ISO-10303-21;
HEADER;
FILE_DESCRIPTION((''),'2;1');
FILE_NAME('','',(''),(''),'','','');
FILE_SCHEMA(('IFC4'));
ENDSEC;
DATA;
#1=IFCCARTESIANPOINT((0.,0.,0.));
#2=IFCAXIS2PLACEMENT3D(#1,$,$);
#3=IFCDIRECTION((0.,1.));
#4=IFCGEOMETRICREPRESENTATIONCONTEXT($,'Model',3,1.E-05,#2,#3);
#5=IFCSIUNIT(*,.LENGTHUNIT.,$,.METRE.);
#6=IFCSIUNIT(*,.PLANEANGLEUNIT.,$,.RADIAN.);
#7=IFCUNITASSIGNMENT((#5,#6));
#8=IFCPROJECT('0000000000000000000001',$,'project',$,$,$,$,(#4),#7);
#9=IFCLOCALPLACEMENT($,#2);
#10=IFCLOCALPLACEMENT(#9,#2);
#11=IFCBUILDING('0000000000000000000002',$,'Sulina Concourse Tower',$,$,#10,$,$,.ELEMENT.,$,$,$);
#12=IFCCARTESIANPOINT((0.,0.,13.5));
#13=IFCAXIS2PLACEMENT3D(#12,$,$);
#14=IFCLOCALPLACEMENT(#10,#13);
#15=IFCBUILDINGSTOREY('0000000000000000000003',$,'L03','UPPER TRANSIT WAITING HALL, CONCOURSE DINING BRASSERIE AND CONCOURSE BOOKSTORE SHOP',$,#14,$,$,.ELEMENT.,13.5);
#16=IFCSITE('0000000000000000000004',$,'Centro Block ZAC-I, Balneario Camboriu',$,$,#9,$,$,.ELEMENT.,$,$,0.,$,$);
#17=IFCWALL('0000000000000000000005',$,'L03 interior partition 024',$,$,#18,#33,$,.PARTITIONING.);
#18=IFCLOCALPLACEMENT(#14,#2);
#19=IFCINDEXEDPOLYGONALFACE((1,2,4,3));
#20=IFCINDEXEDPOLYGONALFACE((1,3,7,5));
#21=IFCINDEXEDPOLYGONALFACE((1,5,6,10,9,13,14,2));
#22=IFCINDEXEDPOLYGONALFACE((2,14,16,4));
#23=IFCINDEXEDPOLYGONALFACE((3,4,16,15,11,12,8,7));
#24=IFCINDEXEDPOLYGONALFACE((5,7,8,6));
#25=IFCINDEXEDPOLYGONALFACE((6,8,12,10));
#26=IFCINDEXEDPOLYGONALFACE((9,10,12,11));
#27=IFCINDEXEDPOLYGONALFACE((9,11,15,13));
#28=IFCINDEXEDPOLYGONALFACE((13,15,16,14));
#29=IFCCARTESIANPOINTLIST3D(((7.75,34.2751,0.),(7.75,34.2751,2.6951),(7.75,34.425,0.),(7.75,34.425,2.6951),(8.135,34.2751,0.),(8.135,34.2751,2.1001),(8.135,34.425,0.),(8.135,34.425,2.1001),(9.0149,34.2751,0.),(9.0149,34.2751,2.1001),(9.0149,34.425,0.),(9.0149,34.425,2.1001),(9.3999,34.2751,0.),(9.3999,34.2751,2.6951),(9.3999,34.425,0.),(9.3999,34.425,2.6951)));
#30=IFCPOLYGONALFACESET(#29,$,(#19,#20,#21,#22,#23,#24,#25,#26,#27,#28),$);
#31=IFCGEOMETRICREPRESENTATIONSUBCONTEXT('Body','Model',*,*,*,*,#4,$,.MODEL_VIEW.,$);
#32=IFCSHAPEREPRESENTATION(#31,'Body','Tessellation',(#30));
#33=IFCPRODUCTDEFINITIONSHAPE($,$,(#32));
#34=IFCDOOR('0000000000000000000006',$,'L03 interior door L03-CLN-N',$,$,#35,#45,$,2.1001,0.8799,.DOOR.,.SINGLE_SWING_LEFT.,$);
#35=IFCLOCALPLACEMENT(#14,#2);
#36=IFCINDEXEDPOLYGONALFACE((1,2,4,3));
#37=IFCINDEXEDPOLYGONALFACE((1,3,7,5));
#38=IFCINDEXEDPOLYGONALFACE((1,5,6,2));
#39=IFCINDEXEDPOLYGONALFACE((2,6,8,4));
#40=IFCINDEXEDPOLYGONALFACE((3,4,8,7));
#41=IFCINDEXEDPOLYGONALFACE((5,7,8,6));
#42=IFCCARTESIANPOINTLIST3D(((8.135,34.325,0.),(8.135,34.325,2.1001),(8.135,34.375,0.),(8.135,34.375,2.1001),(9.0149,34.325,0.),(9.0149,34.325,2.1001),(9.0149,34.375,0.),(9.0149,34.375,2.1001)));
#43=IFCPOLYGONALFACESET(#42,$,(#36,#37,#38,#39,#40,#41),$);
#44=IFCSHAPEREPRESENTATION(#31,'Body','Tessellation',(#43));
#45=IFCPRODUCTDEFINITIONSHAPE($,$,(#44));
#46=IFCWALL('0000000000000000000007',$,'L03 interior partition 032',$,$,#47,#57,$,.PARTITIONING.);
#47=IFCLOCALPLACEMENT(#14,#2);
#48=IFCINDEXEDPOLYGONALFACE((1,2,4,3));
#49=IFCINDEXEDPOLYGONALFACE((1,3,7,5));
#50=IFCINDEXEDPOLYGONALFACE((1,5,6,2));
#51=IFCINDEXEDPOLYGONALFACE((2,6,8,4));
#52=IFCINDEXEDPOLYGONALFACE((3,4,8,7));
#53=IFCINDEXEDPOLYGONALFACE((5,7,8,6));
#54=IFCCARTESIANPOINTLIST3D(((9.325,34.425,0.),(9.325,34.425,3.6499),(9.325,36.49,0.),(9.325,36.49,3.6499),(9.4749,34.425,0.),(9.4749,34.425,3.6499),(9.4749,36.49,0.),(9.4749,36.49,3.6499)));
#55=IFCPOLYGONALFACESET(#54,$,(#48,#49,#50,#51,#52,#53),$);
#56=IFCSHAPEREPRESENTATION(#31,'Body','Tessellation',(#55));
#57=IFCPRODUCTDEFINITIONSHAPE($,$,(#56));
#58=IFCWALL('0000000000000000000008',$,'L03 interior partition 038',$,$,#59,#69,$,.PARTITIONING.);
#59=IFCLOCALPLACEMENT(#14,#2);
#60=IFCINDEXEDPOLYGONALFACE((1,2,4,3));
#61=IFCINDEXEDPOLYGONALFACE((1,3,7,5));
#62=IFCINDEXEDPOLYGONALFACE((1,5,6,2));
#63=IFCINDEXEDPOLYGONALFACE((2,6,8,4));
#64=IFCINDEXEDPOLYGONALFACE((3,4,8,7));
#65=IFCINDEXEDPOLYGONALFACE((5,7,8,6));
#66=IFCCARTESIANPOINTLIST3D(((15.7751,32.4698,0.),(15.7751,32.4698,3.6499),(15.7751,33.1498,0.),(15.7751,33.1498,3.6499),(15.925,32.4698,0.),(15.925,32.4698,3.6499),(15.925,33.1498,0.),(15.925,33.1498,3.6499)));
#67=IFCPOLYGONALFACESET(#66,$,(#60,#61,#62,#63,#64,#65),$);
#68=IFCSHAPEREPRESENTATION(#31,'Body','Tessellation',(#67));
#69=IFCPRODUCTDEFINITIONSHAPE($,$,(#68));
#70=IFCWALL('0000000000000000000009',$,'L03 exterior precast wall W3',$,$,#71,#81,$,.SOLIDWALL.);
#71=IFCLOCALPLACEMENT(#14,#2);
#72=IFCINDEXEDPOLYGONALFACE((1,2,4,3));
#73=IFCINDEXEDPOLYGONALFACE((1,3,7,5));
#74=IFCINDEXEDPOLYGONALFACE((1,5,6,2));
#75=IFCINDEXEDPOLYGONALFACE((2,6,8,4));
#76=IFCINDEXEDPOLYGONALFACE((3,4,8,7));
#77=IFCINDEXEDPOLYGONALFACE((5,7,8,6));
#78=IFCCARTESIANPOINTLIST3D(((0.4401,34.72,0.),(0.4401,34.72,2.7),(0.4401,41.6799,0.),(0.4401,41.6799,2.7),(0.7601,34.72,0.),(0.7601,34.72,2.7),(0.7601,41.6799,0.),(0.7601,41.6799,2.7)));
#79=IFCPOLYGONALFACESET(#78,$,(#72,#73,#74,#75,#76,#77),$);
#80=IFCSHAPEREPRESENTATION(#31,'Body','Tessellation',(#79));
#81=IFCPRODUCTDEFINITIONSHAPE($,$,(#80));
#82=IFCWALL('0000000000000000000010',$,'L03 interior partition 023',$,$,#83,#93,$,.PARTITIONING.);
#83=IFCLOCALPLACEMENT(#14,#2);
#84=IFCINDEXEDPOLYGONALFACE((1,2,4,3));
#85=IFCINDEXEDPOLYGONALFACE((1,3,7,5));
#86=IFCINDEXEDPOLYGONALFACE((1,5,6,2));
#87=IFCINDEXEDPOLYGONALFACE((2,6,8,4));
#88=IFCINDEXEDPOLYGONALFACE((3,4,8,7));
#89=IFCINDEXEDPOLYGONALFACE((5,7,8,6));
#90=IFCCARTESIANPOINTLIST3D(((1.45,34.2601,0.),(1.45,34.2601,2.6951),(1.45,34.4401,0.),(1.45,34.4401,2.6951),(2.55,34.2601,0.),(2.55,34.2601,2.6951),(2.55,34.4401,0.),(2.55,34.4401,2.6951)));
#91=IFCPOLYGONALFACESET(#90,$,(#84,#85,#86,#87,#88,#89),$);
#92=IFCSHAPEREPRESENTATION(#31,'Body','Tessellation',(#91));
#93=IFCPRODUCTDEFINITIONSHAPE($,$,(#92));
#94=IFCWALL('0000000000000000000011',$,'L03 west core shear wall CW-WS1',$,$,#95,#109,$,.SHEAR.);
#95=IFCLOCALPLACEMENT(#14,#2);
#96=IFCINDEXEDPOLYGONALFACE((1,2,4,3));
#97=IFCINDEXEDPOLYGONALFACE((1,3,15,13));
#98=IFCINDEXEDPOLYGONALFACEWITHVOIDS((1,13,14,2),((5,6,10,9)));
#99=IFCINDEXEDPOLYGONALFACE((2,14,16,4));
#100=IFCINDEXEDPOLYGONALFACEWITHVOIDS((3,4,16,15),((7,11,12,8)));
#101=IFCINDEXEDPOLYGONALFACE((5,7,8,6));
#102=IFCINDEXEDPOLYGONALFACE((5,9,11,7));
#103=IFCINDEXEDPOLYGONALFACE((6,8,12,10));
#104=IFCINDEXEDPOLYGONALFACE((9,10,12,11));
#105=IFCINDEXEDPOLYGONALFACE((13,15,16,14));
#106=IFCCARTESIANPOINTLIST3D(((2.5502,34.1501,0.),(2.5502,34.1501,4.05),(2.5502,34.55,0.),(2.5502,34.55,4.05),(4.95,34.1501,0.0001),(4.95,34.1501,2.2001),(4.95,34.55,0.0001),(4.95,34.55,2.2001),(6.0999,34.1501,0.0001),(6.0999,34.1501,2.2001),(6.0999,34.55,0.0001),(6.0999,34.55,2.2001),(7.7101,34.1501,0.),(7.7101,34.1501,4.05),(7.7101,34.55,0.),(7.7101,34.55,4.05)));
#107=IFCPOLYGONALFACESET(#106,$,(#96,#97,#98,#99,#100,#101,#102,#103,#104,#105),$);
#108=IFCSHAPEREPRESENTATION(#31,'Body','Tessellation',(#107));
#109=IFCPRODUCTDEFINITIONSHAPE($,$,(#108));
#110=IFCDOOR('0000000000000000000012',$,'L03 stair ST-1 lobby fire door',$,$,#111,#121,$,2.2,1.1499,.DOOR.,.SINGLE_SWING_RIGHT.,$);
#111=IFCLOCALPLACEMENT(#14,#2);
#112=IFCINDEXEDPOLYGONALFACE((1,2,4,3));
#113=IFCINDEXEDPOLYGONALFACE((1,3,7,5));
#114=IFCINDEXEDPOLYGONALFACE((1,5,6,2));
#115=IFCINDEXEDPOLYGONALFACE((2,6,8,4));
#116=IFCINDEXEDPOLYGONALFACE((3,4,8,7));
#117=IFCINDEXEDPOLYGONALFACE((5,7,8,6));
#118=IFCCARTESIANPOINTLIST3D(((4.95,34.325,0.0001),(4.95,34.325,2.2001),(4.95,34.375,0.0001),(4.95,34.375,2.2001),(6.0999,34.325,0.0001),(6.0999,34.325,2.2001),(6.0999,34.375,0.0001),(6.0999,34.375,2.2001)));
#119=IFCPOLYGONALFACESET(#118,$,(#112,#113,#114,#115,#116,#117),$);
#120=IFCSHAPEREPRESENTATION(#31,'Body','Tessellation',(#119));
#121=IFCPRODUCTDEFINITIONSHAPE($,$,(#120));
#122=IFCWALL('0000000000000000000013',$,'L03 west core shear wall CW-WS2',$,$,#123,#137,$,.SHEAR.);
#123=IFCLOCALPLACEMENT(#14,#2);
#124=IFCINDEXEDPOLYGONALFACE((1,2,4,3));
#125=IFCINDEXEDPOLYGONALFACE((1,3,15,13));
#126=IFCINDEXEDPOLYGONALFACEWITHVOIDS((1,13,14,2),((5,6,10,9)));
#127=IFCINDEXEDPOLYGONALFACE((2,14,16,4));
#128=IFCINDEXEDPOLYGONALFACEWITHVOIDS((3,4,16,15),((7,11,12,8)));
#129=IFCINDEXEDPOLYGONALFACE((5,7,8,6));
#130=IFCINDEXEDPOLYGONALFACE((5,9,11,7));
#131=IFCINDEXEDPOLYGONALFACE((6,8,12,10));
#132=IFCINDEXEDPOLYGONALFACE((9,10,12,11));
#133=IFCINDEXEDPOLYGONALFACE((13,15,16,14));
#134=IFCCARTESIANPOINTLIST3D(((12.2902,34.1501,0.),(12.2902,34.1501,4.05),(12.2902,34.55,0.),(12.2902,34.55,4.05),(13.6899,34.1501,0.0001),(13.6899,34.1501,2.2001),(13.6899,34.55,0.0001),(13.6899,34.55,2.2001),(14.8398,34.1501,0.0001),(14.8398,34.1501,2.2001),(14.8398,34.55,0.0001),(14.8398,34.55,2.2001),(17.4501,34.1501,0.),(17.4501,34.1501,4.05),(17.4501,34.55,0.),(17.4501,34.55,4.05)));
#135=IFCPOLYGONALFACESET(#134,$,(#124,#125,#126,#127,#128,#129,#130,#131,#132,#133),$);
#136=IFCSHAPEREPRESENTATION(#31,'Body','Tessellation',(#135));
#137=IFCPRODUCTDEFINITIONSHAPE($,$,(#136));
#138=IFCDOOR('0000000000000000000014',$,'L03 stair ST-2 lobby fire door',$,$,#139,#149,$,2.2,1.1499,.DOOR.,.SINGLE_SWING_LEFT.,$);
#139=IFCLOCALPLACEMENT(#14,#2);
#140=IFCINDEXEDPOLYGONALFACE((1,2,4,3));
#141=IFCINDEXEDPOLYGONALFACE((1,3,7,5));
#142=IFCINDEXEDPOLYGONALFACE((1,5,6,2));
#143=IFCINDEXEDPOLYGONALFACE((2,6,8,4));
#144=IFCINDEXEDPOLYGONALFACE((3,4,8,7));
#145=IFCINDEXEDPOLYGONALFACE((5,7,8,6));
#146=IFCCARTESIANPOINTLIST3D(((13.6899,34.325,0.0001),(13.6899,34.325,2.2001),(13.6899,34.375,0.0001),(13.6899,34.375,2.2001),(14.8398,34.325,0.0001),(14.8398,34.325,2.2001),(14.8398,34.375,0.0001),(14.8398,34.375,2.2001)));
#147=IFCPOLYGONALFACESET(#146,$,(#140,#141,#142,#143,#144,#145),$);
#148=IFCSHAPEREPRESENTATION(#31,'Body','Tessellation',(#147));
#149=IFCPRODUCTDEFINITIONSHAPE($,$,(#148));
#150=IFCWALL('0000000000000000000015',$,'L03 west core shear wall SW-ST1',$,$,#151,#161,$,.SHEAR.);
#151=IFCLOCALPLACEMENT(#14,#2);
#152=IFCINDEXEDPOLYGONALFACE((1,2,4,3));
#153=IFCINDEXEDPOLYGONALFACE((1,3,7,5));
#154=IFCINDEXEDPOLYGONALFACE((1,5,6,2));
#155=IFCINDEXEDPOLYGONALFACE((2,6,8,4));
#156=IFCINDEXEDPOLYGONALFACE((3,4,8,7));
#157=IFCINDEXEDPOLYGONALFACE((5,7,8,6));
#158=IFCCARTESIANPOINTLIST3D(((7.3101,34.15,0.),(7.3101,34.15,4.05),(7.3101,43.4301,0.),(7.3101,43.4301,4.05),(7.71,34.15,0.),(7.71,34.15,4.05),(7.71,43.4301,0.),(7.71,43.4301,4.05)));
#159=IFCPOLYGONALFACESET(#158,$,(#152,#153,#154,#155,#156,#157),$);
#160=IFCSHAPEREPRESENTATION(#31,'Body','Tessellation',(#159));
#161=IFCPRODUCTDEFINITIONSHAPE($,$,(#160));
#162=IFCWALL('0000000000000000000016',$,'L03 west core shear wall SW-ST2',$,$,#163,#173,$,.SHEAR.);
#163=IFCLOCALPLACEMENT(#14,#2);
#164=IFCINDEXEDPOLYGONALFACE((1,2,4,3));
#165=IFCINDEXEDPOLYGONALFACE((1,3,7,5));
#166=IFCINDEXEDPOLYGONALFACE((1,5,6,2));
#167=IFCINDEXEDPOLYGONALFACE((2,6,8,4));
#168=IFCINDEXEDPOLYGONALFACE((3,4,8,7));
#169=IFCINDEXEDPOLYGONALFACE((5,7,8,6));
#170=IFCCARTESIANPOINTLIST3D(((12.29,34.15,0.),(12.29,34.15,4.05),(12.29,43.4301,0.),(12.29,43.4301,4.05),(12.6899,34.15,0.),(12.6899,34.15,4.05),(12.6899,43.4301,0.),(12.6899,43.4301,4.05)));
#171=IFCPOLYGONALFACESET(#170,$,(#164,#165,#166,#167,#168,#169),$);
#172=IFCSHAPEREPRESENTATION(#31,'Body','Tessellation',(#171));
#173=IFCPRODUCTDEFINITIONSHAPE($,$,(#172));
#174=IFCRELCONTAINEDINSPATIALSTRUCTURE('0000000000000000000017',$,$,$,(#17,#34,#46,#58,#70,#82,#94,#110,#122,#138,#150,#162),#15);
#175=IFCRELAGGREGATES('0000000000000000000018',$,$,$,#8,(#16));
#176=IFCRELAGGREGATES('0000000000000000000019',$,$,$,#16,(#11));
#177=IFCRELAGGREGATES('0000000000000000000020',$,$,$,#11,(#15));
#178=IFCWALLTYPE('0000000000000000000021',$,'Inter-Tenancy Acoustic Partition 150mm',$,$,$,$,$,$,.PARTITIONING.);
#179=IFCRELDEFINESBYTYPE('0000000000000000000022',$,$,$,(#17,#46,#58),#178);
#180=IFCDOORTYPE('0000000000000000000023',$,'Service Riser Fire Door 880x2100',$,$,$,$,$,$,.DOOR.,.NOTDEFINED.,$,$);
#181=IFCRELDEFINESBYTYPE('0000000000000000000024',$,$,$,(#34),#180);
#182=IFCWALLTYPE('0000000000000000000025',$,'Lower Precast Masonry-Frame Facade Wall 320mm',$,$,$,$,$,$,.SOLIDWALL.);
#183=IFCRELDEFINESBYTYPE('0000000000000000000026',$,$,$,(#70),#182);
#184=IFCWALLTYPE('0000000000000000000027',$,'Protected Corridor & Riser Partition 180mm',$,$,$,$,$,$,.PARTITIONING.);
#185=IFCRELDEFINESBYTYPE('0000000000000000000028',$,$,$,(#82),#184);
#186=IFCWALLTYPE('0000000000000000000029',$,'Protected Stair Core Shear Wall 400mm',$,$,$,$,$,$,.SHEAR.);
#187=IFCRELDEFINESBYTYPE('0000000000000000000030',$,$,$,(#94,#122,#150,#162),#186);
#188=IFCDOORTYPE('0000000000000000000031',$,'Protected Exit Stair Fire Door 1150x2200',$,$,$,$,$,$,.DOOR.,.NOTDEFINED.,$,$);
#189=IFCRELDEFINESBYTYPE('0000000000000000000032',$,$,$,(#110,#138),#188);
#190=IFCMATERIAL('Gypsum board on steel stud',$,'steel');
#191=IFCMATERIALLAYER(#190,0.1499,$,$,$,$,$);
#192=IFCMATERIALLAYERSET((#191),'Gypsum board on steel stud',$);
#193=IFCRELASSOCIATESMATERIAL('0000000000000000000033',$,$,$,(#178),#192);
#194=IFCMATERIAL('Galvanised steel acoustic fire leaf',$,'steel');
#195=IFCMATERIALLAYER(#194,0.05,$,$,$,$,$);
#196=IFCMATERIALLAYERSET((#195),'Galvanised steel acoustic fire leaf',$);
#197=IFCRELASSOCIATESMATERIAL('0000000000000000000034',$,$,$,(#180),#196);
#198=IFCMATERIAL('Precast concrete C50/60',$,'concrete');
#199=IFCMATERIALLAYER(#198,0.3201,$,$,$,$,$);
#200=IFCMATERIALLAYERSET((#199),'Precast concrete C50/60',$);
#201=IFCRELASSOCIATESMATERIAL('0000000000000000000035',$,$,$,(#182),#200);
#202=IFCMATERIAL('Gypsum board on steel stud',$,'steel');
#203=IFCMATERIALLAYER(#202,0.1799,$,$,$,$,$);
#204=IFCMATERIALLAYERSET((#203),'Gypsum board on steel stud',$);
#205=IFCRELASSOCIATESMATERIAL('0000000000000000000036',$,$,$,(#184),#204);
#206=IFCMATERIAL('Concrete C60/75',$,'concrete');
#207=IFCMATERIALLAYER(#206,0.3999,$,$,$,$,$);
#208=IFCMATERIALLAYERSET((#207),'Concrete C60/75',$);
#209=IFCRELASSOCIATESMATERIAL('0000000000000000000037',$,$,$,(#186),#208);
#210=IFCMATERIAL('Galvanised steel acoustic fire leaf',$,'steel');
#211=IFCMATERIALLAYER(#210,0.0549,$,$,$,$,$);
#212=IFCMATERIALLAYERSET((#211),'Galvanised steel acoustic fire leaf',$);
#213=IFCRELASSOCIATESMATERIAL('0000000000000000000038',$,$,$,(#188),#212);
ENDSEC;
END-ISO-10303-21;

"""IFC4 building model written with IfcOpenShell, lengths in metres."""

from ifc_helpers import new_model, si_unit, direction, frame, frame_2d, origin, place, context, subcontext, project, spatial, rectangle, extrude, material, layer, layer_set, type_object, element, fill, save


model = new_model("IFC4")

# Units and contexts
model_context = context("Model", 3, precision=1e-05, world=origin(), true_north=direction((0.0, 1.0)))
body_context = subcontext(model_context, "Body", "Model", "MODEL_VIEW")
ifc_project = project(units=[si_unit("LENGTHUNIT", "METRE"), si_unit("PLANEANGLEUNIT", "RADIAN")], contexts=[model_context])

# Site, building, storey
site_placement = place(None, origin())
site = spatial("IfcSite", under=ifc_project, at=site_placement, Name="Centro Block ZAC-I, Balneario Camboriu", CompositionType="ELEMENT", RefElevation=0.0)
building_placement = place(site_placement, origin())
building = spatial("IfcBuilding", under=site, at=building_placement, Name="Sulina Concourse Tower", CompositionType="ELEMENT")
storey_placement = place(building_placement, frame((0.0, 0.0, 13.5)))
storey = spatial("IfcBuildingStorey", under=building, at=storey_placement, Name="L03", Description="UPPER TRANSIT WAITING HALL, CONCOURSE DINING BRASSERIE AND CONCOURSE BOOKSTORE SHOP", CompositionType="ELEMENT", Elevation=13.5)

# Wall, opening, door
ifc_material_1 = material(Name="Gypsum board on steel stud", Category="steel")
ifc_layer_1 = layer(ifc_material_1, 0.1499)
ifc_layer_set_1 = layer_set([ifc_layer_1], Name="Gypsum board on steel stud")
wall_type_1 = type_object("IfcWallType", Name="Inter-Tenancy Acoustic Partition 150mm", PredefinedType="PARTITIONING", material=ifc_layer_set_1)
wall_1_placement = place(storey_placement, frame((7.75, 34.3501, 0.0), z_axis=(0.0, 0.0, 1.0), x_axis=(1.0, 0.0, 0.0)))
wall_1 = element("IfcWall", 1, at=wall_1_placement, inside=storey, type_object=wall_type_1, Name="L03 interior partition 024", PredefinedType="PARTITIONING", context=body_context, shape_type="SweptSolid", body=[
    extrude(rectangle(XDim=1.6499, YDim=0.1499, at=frame_2d((0.825, 0.0))), origin(), (0.0, 0.0, 1.0), 2.6951),
])
opening_1_placement = place(wall_1_placement, frame((0.385, 0.0, 0.0)))
opening_1 = element("IfcOpeningElement", 2, at=opening_1_placement, cuts=wall_1, PredefinedType="OPENING", context=body_context, shape_type="SweptSolid", body=[
    extrude(rectangle(XDim=0.8799, YDim=2.1001, at=frame_2d((0.4399, 1.05))), frame((0.0, 0.085, 0.0), z_axis=(0.0, -1.0, 0.0), x_axis=(1.0, 0.0, 0.0)), (0.0, 0.0, 1.0), 0.1699),
])
ifc_material_2 = material(Name="Galvanised steel acoustic fire leaf", Category="steel")
ifc_layer_2 = layer(ifc_material_2, 0.05)
ifc_layer_set_2 = layer_set([ifc_layer_2], Name="Galvanised steel acoustic fire leaf")
door_type_1 = type_object("IfcDoorType", Name="Service Riser Fire Door 880x2100", OperationType="NOTDEFINED", PredefinedType="DOOR", material=ifc_layer_set_2)
door_1_placement = place(opening_1_placement, origin())
door_1 = element("IfcDoor", 3, at=door_1_placement, inside=storey, type_object=door_type_1, Name="L03 interior door L03-CLN-N", OperationType="SINGLE_SWING_LEFT", OverallHeight=2.1001, OverallWidth=0.8799, PredefinedType="DOOR", context=body_context, shape_type="SweptSolid", body=[
    extrude(rectangle(XDim=0.8799, YDim=2.1001, at=frame_2d((0.4399, 1.05))), frame((0.0, 0.0249, 0.0), z_axis=(0.0, -1.0, 0.0), x_axis=(1.0, 0.0, 0.0)), (0.0, 0.0, 1.0), 0.05),
])
fill(opening_1, door_1)

# Walls
wall_2_placement = place(storey_placement, frame((9.3999, 34.425, 0.0), z_axis=(0.0, 0.0, 1.0), x_axis=(0.0, 1.0, 0.0)))
element("IfcWall", 4, at=wall_2_placement, inside=storey, type_object=wall_type_1, Name="L03 interior partition 032", PredefinedType="PARTITIONING", context=body_context, shape_type="SweptSolid", body=[
    extrude(rectangle(XDim=2.0649, YDim=0.1499, at=frame_2d((1.0325, 0.0))), origin(), (0.0, 0.0, 1.0), 3.6499),
])
wall_3_placement = place(storey_placement, frame((15.8501, 32.47, 0.0), z_axis=(0.0, 0.0, 1.0), x_axis=(0.0, 1.0, 0.0)))
element("IfcWall", 5, at=wall_3_placement, inside=storey, type_object=wall_type_1, Name="L03 interior partition 038", PredefinedType="PARTITIONING", context=body_context, shape_type="SweptSolid", body=[
    extrude(rectangle(XDim=0.6799, YDim=0.1499, at=frame_2d((0.3398, 0.0))), origin(), (0.0, 0.0, 1.0), 3.6499),
])
ifc_material_3 = material(Name="Precast concrete C50/60", Category="concrete")
ifc_layer_3 = layer(ifc_material_3, 0.3201)
ifc_layer_set_3 = layer_set([ifc_layer_3], Name="Precast concrete C50/60")
wall_type_2 = type_object("IfcWallType", Name="Lower Precast Masonry-Frame Facade Wall 320mm", PredefinedType="SOLIDWALL", material=ifc_layer_set_3)
wall_4_placement = place(storey_placement, frame((0.6001, 34.72, 0.0), z_axis=(0.0, 0.0, 1.0), x_axis=(0.0, 1.0, 0.0)))
element("IfcWall", 6, at=wall_4_placement, inside=storey, type_object=wall_type_2, Name="L03 exterior precast wall W3", PredefinedType="SOLIDWALL", context=body_context, shape_type="SweptSolid", body=[
    extrude(rectangle(XDim=6.96, YDim=0.3201, at=frame_2d((3.48, 0.0))), origin(), (0.0, 0.0, 1.0), 2.7),
])
ifc_material_4 = material(Name="Gypsum board on steel stud", Category="steel")
ifc_layer_4 = layer(ifc_material_4, 0.1799)
ifc_layer_set_4 = layer_set([ifc_layer_4], Name="Gypsum board on steel stud")
wall_type_3 = type_object("IfcWallType", Name="Protected Corridor & Riser Partition 180mm", PredefinedType="PARTITIONING", material=ifc_layer_set_4)
wall_5_placement = place(storey_placement, frame((1.45, 34.3501, 0.0), z_axis=(0.0, 0.0, 1.0), x_axis=(1.0, 0.0, 0.0)))
element("IfcWall", 7, at=wall_5_placement, inside=storey, type_object=wall_type_3, Name="L03 interior partition 023", PredefinedType="PARTITIONING", context=body_context, shape_type="SweptSolid", body=[
    extrude(rectangle(XDim=1.1001, YDim=0.1799, at=frame_2d((0.55, 0.0))), origin(), (0.0, 0.0, 1.0), 2.6951),
])

# Walls, openings, doors
ifc_material_5 = material(Name="Concrete C60/75", Category="concrete")
ifc_layer_5 = layer(ifc_material_5, 0.3999)
ifc_layer_set_5 = layer_set([ifc_layer_5], Name="Concrete C60/75")
wall_type_4 = type_object("IfcWallType", Name="Protected Stair Core Shear Wall 400mm", PredefinedType="SHEAR", material=ifc_layer_set_5)
wall_6_placement = place(storey_placement, frame((2.55, 34.3501, 0.0), z_axis=(0.0, 0.0, 1.0), x_axis=(1.0, 0.0, 0.0)))
wall_6 = element("IfcWall", 8, at=wall_6_placement, inside=storey, type_object=wall_type_4, Name="L03 west core shear wall CW-WS1", PredefinedType="SHEAR", context=body_context, shape_type="SweptSolid", body=[
    extrude(rectangle(XDim=5.1599, YDim=0.3999, at=frame_2d((2.5801, 0.0))), origin(), (0.0, 0.0, 1.0), 4.05),
])
opening_2_placement = place(wall_6_placement, frame((2.3999, 0.0, 0.0)))
opening_2 = element("IfcOpeningElement", 9, at=opening_2_placement, cuts=wall_6, PredefinedType="OPENING", context=body_context, shape_type="SweptSolid", body=[
    extrude(rectangle(XDim=1.1499, YDim=2.2, at=frame_2d((0.575, 1.1001))), frame((0.0, 0.21, 0.0), z_axis=(0.0, -1.0, 0.0), x_axis=(1.0, 0.0, 0.0)), (0.0, 0.0, 1.0), 0.4199),
])
ifc_material_6 = material(Name="Galvanised steel acoustic fire leaf", Category="steel")
ifc_layer_6 = layer(ifc_material_6, 0.0549)
ifc_layer_set_6 = layer_set([ifc_layer_6], Name="Galvanised steel acoustic fire leaf")
door_type_2 = type_object("IfcDoorType", Name="Protected Exit Stair Fire Door 1150x2200", OperationType="NOTDEFINED", PredefinedType="DOOR", material=ifc_layer_set_6)
door_2_placement = place(opening_2_placement, origin())
door_2 = element("IfcDoor", 10, at=door_2_placement, inside=storey, type_object=door_type_2, Name="L03 stair ST-1 lobby fire door", OperationType="SINGLE_SWING_RIGHT", OverallHeight=2.2, OverallWidth=1.1499, PredefinedType="DOOR", context=body_context, shape_type="SweptSolid", body=[
    extrude(rectangle(XDim=1.1499, YDim=2.2, at=frame_2d((0.575, 1.1001))), frame((0.0, 0.0249, 0.0), z_axis=(0.0, -1.0, 0.0), x_axis=(1.0, 0.0, 0.0)), (0.0, 0.0, 1.0), 0.05),
])
fill(opening_2, door_2)
wall_7_placement = place(storey_placement, frame((12.29, 34.3501, 0.0), z_axis=(0.0, 0.0, 1.0), x_axis=(1.0, 0.0, 0.0)))
wall_7 = element("IfcWall", 11, at=wall_7_placement, inside=storey, type_object=wall_type_4, Name="L03 west core shear wall CW-WS2", PredefinedType="SHEAR", context=body_context, shape_type="SweptSolid", body=[
    extrude(rectangle(XDim=5.1599, YDim=0.3999, at=frame_2d((2.5801, 0.0))), origin(), (0.0, 0.0, 1.0), 4.05),
])
opening_3_placement = place(wall_7_placement, frame((1.3999, 0.0, 0.0)))
opening_3 = element("IfcOpeningElement", 12, at=opening_3_placement, cuts=wall_7, PredefinedType="OPENING", context=body_context, shape_type="SweptSolid", body=[
    extrude(rectangle(XDim=1.1499, YDim=2.2, at=frame_2d((0.575, 1.1001))), frame((0.0, 0.21, 0.0), z_axis=(0.0, -1.0, 0.0), x_axis=(1.0, 0.0, 0.0)), (0.0, 0.0, 1.0), 0.4199),
])
door_3_placement = place(opening_3_placement, origin())
door_3 = element("IfcDoor", 13, at=door_3_placement, inside=storey, type_object=door_type_2, Name="L03 stair ST-2 lobby fire door", OperationType="SINGLE_SWING_LEFT", OverallHeight=2.2, OverallWidth=1.1499, PredefinedType="DOOR", context=body_context, shape_type="SweptSolid", body=[
    extrude(rectangle(XDim=1.1499, YDim=2.2, at=frame_2d((0.575, 1.1001))), frame((0.0, 0.0249, 0.0), z_axis=(0.0, -1.0, 0.0), x_axis=(1.0, 0.0, 0.0)), (0.0, 0.0, 1.0), 0.05),
])
fill(opening_3, door_3)

# Walls
for number, where, z_axis, x_axis, name in (
    (14, (7.51, 34.1499, 0.0), (0.0, 0.0, 1.0), (0.0, 1.0, 0.0), "L03 west core shear wall SW-ST1"),
    (15, (12.49, 34.1499, 0.0), (0.0, 0.0, 1.0), (0.0, 1.0, 0.0), "L03 west core shear wall SW-ST2"),
):
    element("IfcWall", number, at=place(storey_placement, frame(where, z_axis=z_axis, x_axis=x_axis)), inside=storey, type_object=wall_type_4, Name=name, PredefinedType="SHEAR", context=body_context, shape_type="SweptSolid", body=[
        extrude(rectangle(XDim=9.28, YDim=0.3999, at=frame_2d((4.6401, 0.0))), origin(), (0.0, 0.0, 1.0), 4.05),
    ])

save(model, "model.ifc")
